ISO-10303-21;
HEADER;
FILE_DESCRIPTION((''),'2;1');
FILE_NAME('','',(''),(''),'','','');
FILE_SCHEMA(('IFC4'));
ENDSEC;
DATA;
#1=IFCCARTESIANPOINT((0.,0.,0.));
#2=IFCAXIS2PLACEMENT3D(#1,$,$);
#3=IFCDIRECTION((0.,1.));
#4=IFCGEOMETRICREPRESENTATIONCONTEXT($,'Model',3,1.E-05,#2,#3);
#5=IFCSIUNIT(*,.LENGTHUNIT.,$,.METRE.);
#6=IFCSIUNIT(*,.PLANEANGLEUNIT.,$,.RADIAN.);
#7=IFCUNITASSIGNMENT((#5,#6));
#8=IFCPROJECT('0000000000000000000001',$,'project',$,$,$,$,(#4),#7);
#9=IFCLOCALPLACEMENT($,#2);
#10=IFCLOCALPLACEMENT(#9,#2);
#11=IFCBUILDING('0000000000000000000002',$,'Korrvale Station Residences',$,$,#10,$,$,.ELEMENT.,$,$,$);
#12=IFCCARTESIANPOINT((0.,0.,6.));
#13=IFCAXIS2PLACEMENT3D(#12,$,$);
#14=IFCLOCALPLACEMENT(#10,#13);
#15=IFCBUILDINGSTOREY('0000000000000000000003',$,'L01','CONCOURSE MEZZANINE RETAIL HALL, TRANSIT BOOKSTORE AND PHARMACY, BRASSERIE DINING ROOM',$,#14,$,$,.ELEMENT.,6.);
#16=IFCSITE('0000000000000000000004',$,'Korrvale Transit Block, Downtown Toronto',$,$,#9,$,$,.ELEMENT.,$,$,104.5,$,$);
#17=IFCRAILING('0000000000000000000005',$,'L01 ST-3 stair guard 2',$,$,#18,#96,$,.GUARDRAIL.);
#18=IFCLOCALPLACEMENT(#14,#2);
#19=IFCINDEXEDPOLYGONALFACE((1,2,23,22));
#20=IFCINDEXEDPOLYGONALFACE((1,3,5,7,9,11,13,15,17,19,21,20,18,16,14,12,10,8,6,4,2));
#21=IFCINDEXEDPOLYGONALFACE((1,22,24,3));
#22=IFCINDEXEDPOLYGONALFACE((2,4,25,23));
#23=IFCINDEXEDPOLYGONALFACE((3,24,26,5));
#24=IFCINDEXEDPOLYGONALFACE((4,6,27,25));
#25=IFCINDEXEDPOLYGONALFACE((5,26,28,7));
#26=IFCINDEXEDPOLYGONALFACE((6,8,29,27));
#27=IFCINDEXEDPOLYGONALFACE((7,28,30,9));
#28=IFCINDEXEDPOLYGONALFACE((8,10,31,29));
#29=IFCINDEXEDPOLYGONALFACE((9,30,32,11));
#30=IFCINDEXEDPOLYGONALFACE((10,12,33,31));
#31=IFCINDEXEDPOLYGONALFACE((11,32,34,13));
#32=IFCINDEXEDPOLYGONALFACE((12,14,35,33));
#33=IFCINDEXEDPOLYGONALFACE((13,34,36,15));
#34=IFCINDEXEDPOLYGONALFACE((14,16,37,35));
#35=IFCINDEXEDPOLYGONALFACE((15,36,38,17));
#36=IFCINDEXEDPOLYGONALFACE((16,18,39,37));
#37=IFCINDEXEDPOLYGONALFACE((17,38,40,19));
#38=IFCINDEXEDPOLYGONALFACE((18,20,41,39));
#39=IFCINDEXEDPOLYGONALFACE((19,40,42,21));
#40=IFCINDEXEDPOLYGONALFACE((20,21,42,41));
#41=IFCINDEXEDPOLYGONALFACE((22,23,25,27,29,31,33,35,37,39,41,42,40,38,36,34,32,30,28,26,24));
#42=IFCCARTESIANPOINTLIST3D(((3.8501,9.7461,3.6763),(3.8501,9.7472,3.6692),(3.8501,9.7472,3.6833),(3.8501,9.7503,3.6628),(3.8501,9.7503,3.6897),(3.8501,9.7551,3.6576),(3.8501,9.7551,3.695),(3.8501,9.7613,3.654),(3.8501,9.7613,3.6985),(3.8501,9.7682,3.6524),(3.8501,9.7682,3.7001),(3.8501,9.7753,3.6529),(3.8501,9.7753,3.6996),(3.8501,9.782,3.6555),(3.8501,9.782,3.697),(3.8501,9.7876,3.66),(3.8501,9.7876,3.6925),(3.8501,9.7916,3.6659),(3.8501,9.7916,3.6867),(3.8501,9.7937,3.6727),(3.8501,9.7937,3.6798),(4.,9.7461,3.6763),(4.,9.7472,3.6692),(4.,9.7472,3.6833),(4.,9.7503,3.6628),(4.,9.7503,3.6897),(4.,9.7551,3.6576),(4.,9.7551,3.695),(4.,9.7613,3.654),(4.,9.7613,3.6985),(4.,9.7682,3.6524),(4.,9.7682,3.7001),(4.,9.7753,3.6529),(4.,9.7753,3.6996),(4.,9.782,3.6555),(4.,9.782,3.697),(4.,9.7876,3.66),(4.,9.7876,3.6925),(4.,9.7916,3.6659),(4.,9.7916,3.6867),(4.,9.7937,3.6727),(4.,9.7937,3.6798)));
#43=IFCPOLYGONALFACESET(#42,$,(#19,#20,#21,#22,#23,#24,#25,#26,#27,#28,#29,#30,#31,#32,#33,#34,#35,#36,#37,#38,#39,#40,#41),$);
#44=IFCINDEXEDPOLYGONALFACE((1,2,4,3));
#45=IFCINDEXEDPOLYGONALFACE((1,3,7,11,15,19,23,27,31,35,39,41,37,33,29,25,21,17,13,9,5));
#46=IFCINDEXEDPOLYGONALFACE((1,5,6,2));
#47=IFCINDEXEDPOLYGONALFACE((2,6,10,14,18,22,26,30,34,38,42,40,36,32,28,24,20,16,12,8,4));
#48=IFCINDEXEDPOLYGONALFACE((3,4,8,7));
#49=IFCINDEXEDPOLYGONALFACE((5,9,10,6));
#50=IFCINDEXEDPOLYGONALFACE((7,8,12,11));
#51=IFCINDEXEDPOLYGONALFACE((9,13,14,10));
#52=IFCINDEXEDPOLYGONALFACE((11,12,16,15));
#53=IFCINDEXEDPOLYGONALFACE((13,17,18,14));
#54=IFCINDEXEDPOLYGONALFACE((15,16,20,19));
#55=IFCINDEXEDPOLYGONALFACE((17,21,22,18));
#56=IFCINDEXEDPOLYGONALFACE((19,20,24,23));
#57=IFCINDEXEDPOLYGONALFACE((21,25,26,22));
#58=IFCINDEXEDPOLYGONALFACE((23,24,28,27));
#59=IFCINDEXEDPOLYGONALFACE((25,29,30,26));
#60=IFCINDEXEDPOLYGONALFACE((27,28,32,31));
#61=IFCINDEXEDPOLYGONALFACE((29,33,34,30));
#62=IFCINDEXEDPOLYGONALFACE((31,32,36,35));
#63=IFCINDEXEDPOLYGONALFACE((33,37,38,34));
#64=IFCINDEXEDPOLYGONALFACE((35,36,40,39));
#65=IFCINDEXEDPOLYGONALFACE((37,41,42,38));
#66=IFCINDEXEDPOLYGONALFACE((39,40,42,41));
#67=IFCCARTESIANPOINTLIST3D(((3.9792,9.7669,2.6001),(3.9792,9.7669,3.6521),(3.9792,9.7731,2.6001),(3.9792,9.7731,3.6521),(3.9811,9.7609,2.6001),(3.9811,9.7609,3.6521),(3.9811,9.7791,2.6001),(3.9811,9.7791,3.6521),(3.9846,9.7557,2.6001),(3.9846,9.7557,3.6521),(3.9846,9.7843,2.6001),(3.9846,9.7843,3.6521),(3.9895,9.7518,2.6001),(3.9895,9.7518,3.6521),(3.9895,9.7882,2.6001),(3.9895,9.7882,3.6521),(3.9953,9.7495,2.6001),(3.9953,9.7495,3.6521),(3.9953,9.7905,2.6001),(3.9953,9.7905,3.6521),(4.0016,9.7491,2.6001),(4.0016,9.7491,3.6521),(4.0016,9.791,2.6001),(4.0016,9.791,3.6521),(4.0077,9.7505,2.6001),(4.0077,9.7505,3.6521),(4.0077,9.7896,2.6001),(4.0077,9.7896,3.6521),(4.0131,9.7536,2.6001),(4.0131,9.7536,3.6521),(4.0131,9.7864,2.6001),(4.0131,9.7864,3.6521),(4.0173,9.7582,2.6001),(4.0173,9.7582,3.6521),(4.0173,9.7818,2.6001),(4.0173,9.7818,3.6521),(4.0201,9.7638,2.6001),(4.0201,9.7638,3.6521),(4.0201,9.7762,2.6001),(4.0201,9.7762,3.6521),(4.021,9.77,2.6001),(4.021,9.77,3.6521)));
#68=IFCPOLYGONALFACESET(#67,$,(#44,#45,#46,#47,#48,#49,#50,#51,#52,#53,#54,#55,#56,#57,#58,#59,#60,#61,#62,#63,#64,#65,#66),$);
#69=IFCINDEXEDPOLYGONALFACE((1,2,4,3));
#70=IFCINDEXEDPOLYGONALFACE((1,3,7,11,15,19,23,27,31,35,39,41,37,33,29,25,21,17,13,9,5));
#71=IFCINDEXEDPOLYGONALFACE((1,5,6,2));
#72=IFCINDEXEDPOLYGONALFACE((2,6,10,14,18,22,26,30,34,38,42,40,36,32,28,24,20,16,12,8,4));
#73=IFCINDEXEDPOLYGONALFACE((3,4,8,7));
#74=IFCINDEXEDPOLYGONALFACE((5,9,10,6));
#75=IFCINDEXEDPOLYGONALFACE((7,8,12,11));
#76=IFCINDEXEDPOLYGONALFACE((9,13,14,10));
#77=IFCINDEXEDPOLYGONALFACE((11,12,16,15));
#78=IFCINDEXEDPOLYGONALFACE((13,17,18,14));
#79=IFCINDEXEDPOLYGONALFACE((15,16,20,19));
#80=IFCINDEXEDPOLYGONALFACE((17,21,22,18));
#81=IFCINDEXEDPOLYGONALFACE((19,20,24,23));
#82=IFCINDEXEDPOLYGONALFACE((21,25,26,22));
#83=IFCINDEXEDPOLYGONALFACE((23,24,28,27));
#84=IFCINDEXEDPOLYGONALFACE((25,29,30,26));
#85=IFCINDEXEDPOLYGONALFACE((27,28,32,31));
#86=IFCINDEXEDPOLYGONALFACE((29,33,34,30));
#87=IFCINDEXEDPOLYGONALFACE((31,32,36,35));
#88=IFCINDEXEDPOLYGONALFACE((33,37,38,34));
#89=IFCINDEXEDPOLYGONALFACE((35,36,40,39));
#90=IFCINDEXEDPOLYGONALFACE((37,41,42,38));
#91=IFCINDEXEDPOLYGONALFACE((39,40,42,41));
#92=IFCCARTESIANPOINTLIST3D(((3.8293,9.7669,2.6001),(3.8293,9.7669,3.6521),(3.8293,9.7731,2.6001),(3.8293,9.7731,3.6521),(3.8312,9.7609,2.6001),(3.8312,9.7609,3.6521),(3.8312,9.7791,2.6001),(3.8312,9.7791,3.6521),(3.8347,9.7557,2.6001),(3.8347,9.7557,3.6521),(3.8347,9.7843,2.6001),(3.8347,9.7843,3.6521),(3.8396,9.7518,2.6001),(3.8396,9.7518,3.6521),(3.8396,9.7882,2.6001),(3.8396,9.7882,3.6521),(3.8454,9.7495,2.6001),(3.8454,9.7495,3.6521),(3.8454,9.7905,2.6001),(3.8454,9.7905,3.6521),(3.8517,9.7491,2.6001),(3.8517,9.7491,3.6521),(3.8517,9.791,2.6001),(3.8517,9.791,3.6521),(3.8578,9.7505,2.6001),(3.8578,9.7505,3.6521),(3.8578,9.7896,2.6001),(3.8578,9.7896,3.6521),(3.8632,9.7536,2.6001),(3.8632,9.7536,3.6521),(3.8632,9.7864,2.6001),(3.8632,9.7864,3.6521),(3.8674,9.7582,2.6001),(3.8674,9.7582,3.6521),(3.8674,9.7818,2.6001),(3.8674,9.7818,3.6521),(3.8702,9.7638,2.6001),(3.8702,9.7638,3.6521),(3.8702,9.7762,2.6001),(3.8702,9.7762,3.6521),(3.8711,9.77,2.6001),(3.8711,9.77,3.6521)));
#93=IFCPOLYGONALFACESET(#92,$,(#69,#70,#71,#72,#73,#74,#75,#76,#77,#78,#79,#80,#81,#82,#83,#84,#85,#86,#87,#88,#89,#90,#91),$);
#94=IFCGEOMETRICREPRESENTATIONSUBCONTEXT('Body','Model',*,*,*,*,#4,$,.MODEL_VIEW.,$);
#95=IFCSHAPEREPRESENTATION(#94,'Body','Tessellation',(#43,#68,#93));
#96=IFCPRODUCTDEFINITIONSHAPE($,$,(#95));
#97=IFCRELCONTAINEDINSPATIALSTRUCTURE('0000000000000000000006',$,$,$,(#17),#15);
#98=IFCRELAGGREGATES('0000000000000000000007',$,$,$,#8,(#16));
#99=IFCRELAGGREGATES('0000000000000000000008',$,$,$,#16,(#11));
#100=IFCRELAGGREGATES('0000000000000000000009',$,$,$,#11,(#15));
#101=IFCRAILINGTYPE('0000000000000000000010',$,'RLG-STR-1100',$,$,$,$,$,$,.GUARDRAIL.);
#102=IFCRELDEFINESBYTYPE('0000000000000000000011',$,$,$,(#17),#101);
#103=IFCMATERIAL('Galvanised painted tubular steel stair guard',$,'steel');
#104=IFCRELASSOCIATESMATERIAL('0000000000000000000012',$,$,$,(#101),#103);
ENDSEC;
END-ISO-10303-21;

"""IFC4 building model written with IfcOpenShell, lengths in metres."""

from ifc_helpers import new_model, si_unit, direction, frame, origin, origin_2d, place, context, subcontext, project, spatial, circle, extrude, material, type_object, element, save


model = new_model("IFC4")

# Units and contexts
model_context = context("Model", 3, precision=1e-05, world=origin(), true_north=direction((0.0, 1.0)))
body_context = subcontext(model_context, "Body", "Model", "MODEL_VIEW")
ifc_project = project(units=[si_unit("LENGTHUNIT", "METRE"), si_unit("PLANEANGLEUNIT", "RADIAN")], contexts=[model_context])

# Site, building, storey
site_placement = place(None, origin())
site = spatial("IfcSite", under=ifc_project, at=site_placement, Name="Korrvale Transit Block, Downtown Toronto", CompositionType="ELEMENT", RefElevation=104.5)
building_placement = place(site_placement, origin())
building = spatial("IfcBuilding", under=site, at=building_placement, Name="Korrvale Station Residences", CompositionType="ELEMENT")
storey_placement = place(building_placement, frame((0.0, 0.0, 6.0)))
storey = spatial("IfcBuildingStorey", under=building, at=storey_placement, Name="L01", Description="CONCOURSE MEZZANINE RETAIL HALL, TRANSIT BOOKSTORE AND PHARMACY, BRASSERIE DINING ROOM", CompositionType="ELEMENT", Elevation=6.0)

# Railing
ifc_material_1 = material(Name="Galvanised painted tubular steel stair guard", Category="steel")
railing_type_1 = type_object("IfcRailingType", Name="RLG-STR-1100", PredefinedType="GUARDRAIL", material=ifc_material_1)
railing_1_placement = place(storey_placement, frame((4.0, 9.77, 2.6001)))
element("IfcRailing", 1, at=railing_1_placement, inside=storey, type_object=railing_type_1, Name="L01 ST-3 stair guard 2", PredefinedType="GUARDRAIL", context=body_context, shape_type="SweptSolid", body=[
    extrude(circle(Radius=0.0239, at=origin_2d()), frame((0.0, 0.0, 1.0762), z_axis=(-1.0, 0.0, 0.0), x_axis=(0.0, -1.0, 0.0)), (0.0, 0.0, 1.0), 0.1499),
    extrude(circle(Radius=0.021, at=origin_2d()), origin(), (0.0, 0.0, 1.0), 1.052),
    extrude(circle(Radius=0.021, at=origin_2d()), frame((-0.1499, 0.0, 0.0)), (0.0, 0.0, 1.0), 1.052),
])

save(model, "model.ifc")
